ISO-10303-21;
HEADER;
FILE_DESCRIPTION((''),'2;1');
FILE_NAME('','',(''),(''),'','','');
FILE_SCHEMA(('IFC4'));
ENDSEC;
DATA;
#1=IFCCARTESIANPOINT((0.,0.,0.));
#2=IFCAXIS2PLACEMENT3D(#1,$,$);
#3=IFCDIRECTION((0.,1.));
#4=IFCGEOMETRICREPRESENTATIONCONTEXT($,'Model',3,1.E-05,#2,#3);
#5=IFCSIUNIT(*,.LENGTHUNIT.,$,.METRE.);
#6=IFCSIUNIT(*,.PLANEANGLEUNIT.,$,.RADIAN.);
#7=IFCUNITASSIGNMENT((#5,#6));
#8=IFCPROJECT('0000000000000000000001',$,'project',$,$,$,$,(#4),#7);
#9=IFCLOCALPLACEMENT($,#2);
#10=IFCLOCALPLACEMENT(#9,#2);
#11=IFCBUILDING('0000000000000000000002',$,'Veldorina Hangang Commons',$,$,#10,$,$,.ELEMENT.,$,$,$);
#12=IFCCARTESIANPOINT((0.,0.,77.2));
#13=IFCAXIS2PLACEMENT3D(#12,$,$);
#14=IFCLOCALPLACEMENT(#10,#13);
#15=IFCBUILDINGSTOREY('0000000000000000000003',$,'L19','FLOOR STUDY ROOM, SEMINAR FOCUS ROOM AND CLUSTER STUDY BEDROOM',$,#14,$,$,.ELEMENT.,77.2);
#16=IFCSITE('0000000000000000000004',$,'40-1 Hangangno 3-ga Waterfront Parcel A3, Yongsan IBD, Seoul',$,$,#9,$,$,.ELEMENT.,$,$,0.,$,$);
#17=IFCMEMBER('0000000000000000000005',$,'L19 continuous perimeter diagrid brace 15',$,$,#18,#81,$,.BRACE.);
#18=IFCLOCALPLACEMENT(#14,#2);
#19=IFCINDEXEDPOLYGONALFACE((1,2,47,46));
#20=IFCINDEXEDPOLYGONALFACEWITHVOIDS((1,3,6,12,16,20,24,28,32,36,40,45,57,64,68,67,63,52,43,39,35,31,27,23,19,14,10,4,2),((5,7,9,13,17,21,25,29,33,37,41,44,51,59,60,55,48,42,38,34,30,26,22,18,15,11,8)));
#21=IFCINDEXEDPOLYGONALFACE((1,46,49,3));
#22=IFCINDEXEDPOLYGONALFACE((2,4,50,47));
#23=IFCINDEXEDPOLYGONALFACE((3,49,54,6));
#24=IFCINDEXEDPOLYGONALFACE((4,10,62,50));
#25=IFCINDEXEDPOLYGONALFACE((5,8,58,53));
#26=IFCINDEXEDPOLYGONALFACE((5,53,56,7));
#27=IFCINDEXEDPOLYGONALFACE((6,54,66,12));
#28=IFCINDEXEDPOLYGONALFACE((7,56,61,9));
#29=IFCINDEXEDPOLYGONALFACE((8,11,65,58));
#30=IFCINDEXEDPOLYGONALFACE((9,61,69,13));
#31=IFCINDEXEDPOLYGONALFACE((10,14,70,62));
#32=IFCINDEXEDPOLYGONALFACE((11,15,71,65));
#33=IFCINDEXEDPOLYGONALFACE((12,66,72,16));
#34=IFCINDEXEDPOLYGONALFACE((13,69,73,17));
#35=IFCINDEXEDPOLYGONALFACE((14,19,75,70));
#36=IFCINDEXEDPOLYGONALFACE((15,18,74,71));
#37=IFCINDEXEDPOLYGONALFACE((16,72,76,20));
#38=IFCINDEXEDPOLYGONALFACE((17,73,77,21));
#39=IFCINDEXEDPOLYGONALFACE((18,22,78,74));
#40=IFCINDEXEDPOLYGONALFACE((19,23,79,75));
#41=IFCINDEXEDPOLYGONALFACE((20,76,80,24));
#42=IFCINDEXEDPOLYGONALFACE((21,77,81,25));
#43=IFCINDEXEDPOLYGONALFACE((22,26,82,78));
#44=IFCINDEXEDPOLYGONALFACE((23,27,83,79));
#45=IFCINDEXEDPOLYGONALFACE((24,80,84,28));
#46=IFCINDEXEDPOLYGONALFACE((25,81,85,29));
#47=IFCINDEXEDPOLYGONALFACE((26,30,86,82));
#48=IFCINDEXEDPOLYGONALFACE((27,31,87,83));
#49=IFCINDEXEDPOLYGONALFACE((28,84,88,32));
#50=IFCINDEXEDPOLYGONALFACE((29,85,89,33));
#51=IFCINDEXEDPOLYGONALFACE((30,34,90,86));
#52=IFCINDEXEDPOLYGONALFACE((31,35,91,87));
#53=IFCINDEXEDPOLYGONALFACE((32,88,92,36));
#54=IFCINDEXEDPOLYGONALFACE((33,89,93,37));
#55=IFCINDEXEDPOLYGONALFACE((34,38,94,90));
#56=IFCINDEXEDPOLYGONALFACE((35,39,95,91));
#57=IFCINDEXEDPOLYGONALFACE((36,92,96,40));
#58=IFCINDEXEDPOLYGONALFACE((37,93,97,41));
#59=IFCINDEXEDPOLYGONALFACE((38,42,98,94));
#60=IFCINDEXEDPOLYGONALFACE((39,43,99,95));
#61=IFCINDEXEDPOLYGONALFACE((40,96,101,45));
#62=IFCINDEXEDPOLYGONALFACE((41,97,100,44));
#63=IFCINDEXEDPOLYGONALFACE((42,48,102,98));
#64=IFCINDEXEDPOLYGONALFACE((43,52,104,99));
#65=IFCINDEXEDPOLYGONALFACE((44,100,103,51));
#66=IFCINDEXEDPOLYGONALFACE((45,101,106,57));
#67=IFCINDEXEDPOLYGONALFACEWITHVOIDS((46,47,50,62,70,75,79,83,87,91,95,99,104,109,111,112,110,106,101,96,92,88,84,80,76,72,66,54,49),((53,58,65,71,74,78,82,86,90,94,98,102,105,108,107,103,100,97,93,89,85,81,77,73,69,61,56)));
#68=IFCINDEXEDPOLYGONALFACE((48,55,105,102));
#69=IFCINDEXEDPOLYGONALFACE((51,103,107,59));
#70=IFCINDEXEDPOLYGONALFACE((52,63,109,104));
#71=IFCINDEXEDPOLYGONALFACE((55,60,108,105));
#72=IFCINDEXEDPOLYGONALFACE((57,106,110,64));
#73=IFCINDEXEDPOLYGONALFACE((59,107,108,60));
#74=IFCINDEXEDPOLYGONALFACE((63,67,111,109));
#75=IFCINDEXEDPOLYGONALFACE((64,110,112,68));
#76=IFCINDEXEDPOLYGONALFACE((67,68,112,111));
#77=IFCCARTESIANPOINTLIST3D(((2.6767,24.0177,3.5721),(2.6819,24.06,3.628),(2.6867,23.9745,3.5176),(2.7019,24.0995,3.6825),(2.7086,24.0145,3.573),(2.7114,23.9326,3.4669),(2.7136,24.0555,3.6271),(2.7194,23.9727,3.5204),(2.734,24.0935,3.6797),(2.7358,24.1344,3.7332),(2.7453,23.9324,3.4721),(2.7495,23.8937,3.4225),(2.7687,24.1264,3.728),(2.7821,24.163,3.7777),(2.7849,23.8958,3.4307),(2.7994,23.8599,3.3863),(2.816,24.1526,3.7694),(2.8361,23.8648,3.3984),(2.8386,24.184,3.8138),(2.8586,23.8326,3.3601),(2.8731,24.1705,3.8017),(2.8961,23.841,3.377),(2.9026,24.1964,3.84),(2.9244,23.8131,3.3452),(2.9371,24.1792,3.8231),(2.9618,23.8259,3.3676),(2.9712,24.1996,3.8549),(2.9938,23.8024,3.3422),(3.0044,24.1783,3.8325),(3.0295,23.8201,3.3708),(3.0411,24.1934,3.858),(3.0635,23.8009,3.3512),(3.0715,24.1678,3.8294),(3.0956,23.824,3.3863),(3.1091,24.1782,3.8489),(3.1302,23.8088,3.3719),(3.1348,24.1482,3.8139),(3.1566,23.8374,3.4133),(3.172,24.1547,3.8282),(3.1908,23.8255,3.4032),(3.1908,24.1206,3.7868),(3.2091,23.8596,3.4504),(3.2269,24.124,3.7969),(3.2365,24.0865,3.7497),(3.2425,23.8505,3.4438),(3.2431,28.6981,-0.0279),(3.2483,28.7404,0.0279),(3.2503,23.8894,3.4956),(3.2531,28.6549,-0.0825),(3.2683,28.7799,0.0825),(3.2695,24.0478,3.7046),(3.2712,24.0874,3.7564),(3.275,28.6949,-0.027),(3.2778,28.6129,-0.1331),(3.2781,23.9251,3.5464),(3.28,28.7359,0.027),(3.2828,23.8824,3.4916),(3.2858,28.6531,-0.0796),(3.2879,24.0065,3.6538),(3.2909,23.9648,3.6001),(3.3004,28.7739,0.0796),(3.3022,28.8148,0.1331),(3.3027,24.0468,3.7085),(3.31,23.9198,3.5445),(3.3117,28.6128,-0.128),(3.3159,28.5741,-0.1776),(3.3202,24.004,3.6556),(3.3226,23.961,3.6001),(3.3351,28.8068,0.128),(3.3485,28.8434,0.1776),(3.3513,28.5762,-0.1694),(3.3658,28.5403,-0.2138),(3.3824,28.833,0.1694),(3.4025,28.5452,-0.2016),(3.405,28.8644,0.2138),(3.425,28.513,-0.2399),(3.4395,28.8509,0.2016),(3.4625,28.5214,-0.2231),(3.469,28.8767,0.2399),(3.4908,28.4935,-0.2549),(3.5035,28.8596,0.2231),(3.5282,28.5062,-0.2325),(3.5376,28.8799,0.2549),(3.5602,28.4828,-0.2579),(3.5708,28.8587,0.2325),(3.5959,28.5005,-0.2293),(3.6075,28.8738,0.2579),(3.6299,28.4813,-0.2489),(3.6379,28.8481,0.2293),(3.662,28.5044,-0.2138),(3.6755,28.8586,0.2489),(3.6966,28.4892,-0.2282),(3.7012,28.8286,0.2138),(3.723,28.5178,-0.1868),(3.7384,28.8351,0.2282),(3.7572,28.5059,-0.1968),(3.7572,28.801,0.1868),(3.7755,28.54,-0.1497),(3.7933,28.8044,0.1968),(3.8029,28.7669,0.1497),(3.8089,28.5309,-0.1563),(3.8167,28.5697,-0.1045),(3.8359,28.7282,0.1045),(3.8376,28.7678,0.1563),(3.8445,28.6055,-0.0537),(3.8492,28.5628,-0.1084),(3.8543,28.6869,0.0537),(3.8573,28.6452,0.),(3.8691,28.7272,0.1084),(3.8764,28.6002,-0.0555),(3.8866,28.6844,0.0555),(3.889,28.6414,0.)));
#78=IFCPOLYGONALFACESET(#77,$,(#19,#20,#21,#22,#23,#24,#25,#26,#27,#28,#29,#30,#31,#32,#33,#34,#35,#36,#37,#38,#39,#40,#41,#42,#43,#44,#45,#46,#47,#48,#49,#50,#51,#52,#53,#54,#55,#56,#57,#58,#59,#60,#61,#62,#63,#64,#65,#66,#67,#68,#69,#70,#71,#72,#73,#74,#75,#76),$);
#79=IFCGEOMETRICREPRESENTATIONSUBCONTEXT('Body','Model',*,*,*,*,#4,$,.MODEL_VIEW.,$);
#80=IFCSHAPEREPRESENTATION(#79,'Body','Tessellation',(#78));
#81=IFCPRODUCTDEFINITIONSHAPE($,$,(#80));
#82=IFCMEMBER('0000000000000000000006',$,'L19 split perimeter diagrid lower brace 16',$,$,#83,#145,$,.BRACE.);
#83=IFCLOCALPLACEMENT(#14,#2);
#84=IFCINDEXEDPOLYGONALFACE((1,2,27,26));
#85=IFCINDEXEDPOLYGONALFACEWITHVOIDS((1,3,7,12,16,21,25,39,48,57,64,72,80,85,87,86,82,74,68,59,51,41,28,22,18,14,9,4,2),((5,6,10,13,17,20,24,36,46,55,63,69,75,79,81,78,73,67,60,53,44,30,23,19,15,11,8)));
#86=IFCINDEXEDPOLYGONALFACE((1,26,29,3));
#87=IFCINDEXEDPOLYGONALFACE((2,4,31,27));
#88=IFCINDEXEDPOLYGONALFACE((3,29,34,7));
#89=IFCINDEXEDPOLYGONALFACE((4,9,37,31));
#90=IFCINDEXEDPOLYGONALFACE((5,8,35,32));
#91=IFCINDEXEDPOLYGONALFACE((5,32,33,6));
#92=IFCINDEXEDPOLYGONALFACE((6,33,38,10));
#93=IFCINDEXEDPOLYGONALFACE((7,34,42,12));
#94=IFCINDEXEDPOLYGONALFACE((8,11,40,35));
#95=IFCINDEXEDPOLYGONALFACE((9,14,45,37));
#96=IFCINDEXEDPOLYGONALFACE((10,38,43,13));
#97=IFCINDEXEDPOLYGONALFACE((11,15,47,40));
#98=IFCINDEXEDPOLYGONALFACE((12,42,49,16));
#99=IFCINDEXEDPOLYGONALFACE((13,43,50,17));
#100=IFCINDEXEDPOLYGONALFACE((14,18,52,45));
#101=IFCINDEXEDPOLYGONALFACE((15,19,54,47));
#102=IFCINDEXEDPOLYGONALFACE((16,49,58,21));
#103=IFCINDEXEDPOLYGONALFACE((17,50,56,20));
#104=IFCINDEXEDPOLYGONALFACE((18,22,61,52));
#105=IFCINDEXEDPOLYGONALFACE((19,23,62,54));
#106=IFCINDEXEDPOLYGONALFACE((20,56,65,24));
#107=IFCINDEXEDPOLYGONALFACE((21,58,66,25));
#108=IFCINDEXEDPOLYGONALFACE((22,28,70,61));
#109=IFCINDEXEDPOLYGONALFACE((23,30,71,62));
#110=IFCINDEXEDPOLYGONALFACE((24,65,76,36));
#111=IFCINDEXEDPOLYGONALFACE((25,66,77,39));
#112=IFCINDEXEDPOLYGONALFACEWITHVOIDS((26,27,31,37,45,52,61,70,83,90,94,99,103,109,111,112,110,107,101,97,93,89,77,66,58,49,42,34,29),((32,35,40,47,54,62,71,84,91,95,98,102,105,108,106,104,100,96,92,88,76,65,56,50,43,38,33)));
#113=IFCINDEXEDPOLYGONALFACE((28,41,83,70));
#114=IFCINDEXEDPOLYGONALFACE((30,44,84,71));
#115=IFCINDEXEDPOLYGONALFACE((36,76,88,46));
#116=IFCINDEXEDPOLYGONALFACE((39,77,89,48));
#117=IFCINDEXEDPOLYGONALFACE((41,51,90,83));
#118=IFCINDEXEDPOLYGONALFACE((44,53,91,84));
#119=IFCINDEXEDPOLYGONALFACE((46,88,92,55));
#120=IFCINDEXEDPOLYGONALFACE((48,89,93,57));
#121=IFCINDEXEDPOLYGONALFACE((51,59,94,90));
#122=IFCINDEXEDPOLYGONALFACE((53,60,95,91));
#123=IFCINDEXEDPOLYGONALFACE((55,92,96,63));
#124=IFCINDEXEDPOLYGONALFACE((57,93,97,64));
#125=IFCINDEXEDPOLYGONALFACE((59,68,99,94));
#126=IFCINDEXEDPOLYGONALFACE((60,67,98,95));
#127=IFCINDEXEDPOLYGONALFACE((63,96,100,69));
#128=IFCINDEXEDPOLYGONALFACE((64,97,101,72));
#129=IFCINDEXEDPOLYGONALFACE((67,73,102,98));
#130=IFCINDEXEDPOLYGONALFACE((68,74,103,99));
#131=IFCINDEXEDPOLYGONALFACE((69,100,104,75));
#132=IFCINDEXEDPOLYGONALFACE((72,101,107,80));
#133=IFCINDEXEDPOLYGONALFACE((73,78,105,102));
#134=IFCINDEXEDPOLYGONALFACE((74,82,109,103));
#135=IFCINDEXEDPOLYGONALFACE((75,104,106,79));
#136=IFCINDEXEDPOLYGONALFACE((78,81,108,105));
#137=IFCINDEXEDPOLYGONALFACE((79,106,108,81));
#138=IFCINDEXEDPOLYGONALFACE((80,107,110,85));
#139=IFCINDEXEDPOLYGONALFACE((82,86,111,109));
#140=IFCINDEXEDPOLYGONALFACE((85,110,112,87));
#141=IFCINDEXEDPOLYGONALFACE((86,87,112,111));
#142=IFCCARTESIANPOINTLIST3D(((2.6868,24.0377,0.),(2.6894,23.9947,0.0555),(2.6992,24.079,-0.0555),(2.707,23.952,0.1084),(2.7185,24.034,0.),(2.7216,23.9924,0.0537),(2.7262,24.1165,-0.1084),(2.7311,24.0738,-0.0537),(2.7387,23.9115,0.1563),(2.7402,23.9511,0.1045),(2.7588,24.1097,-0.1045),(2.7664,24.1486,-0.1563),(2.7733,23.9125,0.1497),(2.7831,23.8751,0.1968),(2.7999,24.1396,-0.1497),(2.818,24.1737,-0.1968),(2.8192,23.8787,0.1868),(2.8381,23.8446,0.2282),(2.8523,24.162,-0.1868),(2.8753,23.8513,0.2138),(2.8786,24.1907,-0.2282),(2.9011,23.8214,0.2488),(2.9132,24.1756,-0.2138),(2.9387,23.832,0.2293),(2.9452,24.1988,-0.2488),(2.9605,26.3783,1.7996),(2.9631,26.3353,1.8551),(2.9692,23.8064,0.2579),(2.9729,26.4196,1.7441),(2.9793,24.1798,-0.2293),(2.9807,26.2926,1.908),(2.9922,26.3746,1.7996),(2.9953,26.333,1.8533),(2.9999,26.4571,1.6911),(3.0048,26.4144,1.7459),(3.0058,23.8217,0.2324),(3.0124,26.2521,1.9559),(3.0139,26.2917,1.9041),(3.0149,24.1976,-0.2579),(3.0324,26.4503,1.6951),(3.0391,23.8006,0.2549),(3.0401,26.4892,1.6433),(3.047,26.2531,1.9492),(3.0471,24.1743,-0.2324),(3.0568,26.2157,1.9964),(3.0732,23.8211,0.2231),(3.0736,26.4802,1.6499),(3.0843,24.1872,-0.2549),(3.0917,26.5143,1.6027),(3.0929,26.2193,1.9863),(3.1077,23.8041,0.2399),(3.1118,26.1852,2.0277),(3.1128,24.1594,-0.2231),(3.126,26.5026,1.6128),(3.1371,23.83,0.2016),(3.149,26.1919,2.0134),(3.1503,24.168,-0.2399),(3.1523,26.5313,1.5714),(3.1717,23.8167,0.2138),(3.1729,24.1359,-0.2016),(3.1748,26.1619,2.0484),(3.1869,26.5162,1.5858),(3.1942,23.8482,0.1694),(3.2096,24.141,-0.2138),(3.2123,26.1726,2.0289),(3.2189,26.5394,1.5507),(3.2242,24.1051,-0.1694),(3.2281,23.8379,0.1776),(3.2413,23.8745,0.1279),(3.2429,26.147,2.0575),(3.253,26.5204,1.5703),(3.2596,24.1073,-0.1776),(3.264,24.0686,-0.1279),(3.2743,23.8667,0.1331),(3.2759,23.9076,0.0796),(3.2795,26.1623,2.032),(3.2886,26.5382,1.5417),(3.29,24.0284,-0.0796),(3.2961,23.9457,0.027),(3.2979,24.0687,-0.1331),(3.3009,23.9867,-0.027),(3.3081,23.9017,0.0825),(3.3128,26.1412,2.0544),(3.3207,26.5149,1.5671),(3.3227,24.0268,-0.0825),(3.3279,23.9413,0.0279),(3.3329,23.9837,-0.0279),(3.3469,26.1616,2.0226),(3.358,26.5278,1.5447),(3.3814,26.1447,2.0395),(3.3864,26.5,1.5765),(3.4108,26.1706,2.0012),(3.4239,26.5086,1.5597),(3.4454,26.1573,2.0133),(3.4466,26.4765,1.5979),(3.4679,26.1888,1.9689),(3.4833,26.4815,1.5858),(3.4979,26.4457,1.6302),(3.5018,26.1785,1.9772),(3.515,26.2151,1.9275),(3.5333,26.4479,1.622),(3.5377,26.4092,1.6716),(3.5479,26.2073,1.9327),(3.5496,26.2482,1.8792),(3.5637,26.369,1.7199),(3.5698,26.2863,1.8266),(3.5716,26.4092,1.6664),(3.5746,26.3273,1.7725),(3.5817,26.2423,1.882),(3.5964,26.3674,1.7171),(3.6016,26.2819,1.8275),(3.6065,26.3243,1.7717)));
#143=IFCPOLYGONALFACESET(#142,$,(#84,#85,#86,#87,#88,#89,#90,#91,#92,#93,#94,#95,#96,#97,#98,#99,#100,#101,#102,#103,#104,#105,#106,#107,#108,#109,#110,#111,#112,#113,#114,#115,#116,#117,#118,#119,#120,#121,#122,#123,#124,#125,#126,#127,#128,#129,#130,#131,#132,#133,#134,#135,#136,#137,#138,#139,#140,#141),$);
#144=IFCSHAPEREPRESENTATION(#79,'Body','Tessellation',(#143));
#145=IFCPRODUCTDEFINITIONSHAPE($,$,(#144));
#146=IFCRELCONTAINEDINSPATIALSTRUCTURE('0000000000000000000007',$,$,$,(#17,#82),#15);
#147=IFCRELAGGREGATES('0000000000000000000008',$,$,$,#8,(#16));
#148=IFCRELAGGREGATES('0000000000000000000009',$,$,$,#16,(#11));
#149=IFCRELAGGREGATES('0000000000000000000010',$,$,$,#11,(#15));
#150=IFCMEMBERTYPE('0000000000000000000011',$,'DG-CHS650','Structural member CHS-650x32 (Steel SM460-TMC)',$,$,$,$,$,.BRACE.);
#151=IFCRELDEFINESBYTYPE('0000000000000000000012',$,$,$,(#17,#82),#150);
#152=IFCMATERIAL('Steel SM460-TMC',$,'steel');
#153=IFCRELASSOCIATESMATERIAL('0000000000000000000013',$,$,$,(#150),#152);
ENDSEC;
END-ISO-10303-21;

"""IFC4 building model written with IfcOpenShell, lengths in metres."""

from ifc_helpers import new_model, si_unit, direction, frame, origin, origin_2d, place, context, subcontext, project, spatial, hollow_circle, extrude, material, material_profile, profile_set, type_object, element, save


model = new_model("IFC4")

# Units and contexts
model_context = context("Model", 3, precision=1e-05, world=origin(), true_north=direction((0.0, 1.0)))
body_context = subcontext(model_context, "Body", "Model", "MODEL_VIEW")
ifc_project = project(units=[si_unit("LENGTHUNIT", "METRE"), si_unit("PLANEANGLEUNIT", "RADIAN")], contexts=[model_context])

# Site, building, storey
site_placement = place(None, origin())
site = spatial("IfcSite", under=ifc_project, at=site_placement, Name="40-1 Hangangno 3-ga Waterfront Parcel A3, Yongsan IBD, Seoul", CompositionType="ELEMENT", RefElevation=0.0)
building_placement = place(site_placement, origin())
building = spatial("IfcBuilding", under=site, at=building_placement, Name="Veldorina Hangang Commons", CompositionType="ELEMENT")
storey_placement = place(building_placement, frame((0.0, 0.0, 77.2)))
storey = spatial("IfcBuildingStorey", under=building, at=storey_placement, Name="L19", Description="FLOOR STUDY ROOM, SEMINAR FOCUS ROOM AND CLUSTER STUDY BEDROOM", CompositionType="ELEMENT", Elevation=77.2)

# Members
ifc_material_1 = material(Name="Steel SM460-TMC", Category="steel")
ifc_material_profile_1 = material_profile(ifc_material_1, hollow_circle(Radius=0.325, WallThickness=0.032, at=origin_2d()), Name="CHS-650x32")
ifc_profile_set_1 = profile_set([ifc_material_profile_1], Name="Steel SM460-TMC")
member_type = type_object("IfcMemberType", Name="DG-CHS650", Description="Structural member CHS-650x32 (Steel SM460-TMC)", PredefinedType="BRACE", material=ifc_profile_set_1)
member_1_placement = place(storey_placement, frame((3.5664, 28.6804, 0.0), z_axis=(-0.095484, -0.789021, 0.606901), x_axis=(0.992757, -0.12014, 0.0)))
element("IfcMember", 1, at=member_1_placement, inside=storey, type_object=member_type, Name="L19 continuous perimeter diagrid brace 15", PredefinedType="BRACE", context=body_context, shape_type="SweptSolid", body=[
    extrude(hollow_circle(Radius=0.325, WallThickness=0.032, at=origin_2d()), origin(), (0.0, 0.0, 1.0), 5.9319),
])
member_2_placement = place(storey_placement, frame((3.0095, 24.0, 0.0), z_axis=(0.092302, 0.789384, 0.606921), x_axis=(-0.993233, 0.116138, 0.0)))
element("IfcMember", 2, at=member_2_placement, inside=storey, type_object=member_type, Name="L19 split perimeter diagrid lower brace 16", PredefinedType="BRACE", context=body_context, shape_type="SweptSolid", body=[
    extrude(hollow_circle(Radius=0.325, WallThickness=0.032, at=origin_2d()), origin(), (0.0, 0.0, 1.0), 2.9651),
])

save(model, "model.ifc")
